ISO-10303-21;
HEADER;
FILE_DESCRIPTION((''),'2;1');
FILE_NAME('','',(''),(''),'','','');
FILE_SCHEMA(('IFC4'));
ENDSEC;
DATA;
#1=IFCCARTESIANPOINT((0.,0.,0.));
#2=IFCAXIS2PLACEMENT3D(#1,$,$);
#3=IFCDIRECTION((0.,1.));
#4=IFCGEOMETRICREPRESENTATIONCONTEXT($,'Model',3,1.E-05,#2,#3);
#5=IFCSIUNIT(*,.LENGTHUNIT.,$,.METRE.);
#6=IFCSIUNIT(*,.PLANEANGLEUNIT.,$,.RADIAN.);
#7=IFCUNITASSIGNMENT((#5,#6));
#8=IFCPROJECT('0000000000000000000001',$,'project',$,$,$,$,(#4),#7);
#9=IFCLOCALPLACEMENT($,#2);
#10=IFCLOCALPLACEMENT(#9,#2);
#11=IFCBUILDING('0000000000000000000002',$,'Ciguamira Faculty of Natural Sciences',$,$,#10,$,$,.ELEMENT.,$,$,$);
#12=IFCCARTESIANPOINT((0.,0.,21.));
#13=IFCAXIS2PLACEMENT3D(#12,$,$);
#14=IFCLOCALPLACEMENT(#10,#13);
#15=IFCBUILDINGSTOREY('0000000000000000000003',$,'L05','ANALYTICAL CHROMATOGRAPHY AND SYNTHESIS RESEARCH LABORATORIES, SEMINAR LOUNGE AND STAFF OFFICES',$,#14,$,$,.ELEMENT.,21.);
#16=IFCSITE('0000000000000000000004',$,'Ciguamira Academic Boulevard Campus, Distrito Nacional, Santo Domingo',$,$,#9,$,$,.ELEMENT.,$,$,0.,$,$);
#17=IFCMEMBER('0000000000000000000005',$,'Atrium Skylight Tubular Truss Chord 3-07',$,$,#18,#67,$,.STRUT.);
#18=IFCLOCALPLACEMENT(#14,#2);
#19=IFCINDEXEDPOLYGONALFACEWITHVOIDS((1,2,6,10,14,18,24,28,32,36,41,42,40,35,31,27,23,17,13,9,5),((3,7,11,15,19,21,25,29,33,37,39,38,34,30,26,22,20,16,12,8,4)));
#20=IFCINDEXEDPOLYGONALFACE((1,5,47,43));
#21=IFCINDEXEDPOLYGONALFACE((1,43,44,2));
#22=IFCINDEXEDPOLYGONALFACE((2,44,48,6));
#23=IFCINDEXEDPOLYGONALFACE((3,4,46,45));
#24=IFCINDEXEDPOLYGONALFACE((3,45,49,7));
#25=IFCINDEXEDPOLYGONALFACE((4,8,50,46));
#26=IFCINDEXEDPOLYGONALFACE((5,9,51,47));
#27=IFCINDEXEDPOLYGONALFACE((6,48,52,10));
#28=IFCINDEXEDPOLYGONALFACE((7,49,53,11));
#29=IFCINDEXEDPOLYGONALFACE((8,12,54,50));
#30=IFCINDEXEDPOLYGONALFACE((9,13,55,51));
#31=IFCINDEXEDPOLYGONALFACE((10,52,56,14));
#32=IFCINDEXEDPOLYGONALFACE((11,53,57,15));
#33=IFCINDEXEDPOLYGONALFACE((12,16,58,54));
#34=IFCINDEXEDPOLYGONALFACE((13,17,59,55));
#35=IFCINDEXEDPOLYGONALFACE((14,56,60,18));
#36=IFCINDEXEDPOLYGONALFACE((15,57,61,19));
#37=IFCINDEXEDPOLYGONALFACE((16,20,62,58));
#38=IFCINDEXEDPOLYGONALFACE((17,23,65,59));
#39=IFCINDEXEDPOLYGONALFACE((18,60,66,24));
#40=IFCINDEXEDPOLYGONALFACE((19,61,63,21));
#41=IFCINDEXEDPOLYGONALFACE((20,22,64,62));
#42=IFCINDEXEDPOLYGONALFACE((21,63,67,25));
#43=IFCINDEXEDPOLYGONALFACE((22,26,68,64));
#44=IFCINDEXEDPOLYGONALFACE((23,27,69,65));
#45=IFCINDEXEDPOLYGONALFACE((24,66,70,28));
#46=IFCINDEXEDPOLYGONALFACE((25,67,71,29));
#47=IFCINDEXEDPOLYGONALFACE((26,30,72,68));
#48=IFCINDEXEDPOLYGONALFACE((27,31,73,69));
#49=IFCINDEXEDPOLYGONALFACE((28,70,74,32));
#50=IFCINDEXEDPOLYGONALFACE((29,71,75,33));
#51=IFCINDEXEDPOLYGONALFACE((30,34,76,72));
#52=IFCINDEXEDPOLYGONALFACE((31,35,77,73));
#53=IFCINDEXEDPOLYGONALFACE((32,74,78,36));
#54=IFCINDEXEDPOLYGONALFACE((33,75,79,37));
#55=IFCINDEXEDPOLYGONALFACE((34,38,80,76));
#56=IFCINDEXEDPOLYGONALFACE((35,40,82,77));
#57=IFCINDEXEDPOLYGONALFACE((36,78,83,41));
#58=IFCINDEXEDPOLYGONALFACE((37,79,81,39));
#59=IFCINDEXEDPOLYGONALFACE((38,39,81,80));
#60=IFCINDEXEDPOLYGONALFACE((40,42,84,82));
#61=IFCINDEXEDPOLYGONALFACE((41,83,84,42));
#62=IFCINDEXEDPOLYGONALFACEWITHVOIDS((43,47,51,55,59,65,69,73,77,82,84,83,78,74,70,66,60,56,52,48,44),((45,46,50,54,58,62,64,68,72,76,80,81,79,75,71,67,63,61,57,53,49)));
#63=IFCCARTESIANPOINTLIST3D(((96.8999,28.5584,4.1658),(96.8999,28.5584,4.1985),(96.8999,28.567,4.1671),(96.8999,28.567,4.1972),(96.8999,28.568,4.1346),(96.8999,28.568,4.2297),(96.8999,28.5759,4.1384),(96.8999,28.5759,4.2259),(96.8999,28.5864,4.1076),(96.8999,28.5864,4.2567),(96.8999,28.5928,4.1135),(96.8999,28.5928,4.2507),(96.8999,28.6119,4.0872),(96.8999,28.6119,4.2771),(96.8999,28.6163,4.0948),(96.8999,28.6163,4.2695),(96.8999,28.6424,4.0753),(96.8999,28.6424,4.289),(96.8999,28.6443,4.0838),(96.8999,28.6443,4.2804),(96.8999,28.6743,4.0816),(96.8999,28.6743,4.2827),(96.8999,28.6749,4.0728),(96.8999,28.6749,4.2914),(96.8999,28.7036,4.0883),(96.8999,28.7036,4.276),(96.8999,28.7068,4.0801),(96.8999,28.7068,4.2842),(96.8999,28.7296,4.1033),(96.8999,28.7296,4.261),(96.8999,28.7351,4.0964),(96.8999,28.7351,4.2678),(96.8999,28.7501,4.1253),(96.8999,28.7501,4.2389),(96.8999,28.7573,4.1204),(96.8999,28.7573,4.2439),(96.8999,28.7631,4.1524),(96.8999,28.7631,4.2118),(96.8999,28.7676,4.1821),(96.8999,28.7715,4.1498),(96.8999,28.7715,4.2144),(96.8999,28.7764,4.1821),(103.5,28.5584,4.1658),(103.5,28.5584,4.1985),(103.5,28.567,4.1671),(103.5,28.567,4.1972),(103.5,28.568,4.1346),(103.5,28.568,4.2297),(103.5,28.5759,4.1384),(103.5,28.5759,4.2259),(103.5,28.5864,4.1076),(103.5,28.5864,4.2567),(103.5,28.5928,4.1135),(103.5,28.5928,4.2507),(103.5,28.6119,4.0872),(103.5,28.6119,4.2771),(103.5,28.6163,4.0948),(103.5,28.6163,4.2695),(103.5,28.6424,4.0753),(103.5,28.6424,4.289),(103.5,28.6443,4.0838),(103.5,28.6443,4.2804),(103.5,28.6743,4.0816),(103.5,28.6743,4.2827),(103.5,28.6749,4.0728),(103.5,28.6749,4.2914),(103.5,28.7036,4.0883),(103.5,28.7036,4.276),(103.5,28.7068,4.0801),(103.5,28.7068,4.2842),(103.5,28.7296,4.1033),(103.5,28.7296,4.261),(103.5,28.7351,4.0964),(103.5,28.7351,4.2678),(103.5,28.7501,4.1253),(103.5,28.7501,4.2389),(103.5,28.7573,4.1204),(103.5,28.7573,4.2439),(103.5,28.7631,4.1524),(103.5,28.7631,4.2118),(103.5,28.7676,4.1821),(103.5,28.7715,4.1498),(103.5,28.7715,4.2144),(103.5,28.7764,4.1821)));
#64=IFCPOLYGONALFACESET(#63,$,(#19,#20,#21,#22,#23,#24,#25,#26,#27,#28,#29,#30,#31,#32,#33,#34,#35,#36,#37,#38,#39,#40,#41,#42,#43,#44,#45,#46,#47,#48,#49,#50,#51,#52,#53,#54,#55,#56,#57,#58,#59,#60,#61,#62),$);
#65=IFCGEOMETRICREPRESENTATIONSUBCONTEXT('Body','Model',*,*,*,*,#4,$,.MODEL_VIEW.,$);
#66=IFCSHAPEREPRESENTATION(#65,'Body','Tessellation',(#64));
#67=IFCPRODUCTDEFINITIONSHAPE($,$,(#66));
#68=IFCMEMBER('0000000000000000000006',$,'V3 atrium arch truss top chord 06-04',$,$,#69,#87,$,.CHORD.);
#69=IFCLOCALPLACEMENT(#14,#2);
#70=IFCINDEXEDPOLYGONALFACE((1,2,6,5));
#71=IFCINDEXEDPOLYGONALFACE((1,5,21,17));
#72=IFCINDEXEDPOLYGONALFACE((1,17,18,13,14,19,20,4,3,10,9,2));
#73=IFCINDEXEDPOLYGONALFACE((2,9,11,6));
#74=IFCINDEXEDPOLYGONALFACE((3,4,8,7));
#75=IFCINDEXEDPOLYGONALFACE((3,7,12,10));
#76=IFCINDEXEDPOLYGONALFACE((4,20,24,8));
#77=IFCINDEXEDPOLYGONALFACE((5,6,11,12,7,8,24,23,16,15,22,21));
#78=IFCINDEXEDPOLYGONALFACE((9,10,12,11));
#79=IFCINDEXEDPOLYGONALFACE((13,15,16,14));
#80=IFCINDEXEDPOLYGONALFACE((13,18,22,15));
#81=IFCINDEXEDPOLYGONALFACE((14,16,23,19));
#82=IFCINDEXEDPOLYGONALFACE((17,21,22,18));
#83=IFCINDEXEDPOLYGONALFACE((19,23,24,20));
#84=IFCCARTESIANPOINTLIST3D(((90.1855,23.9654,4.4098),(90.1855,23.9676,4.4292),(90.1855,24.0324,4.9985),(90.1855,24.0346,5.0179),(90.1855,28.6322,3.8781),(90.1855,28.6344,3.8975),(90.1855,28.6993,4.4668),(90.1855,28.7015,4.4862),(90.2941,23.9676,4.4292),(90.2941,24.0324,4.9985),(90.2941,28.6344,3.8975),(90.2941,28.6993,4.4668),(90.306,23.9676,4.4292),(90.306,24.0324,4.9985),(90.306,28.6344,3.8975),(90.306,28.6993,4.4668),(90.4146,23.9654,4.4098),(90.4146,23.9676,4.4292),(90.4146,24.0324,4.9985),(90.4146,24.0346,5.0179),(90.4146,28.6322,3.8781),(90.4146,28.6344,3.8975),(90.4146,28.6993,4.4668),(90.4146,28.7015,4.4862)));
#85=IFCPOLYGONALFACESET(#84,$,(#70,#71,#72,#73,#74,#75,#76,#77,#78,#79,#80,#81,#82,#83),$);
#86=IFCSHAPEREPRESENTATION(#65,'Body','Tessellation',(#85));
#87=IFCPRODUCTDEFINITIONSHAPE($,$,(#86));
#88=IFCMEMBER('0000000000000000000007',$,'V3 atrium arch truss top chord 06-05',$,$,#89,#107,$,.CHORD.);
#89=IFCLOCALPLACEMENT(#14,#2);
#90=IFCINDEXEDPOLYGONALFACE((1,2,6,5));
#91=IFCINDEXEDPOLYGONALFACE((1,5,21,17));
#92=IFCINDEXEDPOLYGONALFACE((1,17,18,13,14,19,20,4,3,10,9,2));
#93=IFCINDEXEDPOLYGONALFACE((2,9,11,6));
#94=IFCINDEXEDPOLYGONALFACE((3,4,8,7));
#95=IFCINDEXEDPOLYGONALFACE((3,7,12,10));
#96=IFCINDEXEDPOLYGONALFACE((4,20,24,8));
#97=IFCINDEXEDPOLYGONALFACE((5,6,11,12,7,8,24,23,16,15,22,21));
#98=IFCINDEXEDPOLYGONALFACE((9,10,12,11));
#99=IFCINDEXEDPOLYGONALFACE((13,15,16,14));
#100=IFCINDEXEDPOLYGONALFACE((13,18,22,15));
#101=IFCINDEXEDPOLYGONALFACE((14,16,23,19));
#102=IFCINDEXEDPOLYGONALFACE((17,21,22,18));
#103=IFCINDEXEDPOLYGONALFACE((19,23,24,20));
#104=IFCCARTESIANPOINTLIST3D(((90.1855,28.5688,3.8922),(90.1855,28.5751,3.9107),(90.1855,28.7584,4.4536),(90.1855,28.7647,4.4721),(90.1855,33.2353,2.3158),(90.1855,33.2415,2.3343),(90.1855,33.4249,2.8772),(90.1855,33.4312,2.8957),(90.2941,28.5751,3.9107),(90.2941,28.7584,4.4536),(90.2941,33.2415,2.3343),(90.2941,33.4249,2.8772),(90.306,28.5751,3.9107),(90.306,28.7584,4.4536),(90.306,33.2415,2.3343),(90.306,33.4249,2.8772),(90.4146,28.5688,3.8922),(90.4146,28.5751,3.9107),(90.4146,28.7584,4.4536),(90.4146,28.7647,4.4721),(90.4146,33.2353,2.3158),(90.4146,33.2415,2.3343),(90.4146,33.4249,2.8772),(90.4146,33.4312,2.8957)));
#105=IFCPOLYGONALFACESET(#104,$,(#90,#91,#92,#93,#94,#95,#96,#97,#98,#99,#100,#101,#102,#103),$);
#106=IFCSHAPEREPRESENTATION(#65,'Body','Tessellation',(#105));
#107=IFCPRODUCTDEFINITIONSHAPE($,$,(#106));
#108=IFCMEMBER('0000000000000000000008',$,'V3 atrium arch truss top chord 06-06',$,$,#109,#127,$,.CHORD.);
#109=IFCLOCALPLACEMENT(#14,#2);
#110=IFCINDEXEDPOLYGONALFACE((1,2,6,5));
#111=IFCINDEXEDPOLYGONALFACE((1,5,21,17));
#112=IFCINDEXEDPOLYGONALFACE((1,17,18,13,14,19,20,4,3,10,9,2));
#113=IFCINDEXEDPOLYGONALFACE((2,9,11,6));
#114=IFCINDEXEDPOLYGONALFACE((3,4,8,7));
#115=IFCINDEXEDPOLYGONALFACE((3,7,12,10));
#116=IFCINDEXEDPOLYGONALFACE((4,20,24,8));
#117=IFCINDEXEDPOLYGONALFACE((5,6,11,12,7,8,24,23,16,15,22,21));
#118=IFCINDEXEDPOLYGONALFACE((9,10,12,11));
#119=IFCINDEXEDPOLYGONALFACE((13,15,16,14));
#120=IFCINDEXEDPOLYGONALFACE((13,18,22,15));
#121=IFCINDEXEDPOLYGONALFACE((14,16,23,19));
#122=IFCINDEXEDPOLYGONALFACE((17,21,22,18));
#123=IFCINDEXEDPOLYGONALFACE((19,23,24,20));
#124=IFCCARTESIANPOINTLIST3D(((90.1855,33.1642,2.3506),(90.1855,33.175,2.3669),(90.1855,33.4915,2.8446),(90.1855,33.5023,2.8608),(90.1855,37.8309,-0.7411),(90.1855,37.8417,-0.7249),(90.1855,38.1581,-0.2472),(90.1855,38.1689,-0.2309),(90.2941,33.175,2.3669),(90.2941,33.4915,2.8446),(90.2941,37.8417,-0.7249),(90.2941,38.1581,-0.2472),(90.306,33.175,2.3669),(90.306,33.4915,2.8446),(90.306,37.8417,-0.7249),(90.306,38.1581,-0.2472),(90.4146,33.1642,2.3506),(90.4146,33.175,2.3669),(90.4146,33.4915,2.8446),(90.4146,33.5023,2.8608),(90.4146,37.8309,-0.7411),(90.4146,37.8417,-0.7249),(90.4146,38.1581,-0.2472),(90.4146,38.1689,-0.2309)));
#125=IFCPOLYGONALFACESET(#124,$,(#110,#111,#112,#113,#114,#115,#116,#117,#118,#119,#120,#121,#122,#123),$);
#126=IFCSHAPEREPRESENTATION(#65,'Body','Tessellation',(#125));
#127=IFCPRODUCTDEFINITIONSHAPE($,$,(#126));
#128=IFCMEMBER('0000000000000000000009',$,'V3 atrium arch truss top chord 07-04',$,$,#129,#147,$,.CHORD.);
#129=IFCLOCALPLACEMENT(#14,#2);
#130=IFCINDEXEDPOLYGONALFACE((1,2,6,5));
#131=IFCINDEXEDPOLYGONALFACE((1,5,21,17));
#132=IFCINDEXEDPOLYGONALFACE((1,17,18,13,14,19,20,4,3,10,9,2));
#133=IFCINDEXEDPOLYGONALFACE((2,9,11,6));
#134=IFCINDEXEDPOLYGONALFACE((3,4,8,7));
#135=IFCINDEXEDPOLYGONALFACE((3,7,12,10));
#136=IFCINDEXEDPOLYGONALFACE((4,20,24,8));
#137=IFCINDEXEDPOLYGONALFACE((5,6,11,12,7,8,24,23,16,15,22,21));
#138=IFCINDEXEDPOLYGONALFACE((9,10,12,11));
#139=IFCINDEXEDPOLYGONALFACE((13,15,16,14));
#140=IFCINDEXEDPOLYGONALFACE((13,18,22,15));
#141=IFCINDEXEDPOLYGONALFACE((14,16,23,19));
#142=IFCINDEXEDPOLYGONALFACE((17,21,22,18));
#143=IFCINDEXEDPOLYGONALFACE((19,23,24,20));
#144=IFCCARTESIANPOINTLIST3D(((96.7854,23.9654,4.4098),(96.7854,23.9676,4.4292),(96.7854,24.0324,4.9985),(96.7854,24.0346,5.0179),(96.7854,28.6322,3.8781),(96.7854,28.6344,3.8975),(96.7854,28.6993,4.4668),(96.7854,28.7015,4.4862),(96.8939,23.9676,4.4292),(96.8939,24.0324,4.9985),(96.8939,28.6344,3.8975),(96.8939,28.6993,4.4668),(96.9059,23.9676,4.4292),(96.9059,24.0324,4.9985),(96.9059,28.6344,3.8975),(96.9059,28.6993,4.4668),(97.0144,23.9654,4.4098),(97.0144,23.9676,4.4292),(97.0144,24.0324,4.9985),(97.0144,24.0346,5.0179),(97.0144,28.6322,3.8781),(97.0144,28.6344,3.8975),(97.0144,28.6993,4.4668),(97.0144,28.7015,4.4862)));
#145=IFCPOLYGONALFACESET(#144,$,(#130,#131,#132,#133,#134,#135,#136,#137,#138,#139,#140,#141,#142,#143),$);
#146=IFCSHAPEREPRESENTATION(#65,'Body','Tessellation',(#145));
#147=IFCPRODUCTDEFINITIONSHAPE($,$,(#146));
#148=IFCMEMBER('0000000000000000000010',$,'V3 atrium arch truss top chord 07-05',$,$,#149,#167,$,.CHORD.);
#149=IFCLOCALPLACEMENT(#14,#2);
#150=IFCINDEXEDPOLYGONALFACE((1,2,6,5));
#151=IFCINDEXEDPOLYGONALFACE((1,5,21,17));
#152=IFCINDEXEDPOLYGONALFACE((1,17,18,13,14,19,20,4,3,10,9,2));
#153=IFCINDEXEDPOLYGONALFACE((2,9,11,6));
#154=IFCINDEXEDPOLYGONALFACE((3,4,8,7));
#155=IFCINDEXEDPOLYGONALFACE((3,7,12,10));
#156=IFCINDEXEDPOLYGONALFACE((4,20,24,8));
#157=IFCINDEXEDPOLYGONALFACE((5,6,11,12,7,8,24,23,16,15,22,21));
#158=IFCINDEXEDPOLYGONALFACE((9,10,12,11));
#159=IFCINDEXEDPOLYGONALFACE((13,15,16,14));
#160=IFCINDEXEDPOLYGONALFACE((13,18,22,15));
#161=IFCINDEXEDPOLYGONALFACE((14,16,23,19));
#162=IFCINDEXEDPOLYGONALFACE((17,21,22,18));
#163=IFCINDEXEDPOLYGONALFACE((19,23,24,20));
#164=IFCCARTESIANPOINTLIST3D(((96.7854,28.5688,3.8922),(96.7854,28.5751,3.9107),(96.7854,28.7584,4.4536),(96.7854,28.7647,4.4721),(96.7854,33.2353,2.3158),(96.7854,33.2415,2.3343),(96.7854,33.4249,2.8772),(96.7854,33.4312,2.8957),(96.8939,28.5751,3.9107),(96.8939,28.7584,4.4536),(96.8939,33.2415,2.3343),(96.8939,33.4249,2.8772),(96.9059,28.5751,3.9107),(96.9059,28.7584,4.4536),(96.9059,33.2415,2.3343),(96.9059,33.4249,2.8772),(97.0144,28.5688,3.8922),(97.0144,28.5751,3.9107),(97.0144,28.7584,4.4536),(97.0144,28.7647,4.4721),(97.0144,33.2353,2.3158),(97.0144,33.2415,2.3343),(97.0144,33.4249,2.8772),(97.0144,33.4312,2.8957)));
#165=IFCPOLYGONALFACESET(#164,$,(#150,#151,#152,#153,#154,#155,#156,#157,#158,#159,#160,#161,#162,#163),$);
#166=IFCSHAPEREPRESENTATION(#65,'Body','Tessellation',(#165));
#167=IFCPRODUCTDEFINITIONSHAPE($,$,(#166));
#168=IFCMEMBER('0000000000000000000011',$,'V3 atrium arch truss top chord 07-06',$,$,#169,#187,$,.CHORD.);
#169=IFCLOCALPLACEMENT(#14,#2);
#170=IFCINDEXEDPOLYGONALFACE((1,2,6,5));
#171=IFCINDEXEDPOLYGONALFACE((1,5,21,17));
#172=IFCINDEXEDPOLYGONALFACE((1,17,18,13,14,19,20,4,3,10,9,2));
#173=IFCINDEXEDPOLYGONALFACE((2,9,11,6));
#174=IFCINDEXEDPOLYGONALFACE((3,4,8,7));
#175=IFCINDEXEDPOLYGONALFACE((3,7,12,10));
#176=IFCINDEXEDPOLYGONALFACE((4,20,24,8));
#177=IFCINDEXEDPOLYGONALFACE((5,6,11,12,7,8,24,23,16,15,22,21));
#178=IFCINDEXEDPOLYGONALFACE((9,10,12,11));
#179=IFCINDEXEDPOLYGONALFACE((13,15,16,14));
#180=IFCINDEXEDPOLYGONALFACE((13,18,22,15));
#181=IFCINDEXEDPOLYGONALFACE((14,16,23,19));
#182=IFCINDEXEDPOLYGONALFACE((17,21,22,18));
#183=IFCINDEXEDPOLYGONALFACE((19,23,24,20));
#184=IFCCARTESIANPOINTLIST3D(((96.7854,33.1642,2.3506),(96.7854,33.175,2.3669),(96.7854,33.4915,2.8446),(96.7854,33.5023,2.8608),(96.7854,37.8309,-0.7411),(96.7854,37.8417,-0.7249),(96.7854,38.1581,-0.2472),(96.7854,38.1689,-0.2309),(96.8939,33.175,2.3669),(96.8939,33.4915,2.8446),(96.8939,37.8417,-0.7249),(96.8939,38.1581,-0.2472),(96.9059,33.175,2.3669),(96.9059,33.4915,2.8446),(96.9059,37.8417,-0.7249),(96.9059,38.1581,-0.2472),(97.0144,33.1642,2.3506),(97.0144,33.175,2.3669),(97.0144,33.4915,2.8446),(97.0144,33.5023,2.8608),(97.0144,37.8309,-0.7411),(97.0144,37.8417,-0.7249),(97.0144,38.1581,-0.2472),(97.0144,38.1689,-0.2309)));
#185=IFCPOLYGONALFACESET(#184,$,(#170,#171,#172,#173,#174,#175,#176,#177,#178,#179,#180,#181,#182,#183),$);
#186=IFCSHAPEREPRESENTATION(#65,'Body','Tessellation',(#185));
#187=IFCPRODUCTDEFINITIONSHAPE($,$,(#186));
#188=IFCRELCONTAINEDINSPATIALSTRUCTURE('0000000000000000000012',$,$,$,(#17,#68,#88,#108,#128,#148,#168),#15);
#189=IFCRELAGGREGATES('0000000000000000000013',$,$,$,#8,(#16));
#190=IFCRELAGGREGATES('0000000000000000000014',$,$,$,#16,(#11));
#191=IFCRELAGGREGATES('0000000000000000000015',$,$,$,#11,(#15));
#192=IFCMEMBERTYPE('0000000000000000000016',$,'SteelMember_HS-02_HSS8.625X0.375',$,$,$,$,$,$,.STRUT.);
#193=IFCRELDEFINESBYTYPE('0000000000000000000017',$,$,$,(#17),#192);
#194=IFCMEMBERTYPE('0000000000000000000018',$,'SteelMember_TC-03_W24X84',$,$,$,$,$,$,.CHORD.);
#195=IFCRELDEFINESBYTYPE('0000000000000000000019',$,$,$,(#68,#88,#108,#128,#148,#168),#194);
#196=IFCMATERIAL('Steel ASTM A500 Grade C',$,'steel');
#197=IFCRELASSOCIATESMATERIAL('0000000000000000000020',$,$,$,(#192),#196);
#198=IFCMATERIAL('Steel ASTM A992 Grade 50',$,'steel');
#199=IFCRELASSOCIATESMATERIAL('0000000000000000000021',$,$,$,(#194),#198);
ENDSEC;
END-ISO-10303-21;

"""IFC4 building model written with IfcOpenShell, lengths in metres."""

from ifc_helpers import new_model, si_unit, direction, frame, origin, origin_2d, place, context, subcontext, project, spatial, hollow_circle, i_section, extrude, material, material_profile, profile_set, type_object, element, save


model = new_model("IFC4")

# Units and contexts
model_context = context("Model", 3, precision=1e-05, world=origin(), true_north=direction((0.0, 1.0)))
body_context = subcontext(model_context, "Body", "Model", "MODEL_VIEW")
ifc_project = project(units=[si_unit("LENGTHUNIT", "METRE"), si_unit("PLANEANGLEUNIT", "RADIAN")], contexts=[model_context])

# Site, building, storey
site_placement = place(None, origin())
site = spatial("IfcSite", under=ifc_project, at=site_placement, Name="Ciguamira Academic Boulevard Campus, Distrito Nacional, Santo Domingo", CompositionType="ELEMENT", RefElevation=0.0)
building_placement = place(site_placement, origin())
building = spatial("IfcBuilding", under=site, at=building_placement, Name="Ciguamira Faculty of Natural Sciences", CompositionType="ELEMENT")
storey_placement = place(building_placement, frame((0.0, 0.0, 21.0)))
storey = spatial("IfcBuildingStorey", under=building, at=storey_placement, Name="L05", Description="ANALYTICAL CHROMATOGRAPHY AND SYNTHESIS RESEARCH LABORATORIES, SEMINAR LOUNGE AND STAFF OFFICES", CompositionType="ELEMENT", Elevation=21.0)

# Members
ifc_material_1 = material(Name="Steel ASTM A500 Grade C", Category="steel")
ifc_material_profile_1 = material_profile(ifc_material_1, hollow_circle(Radius=0.1096, WallThickness=0.0088, at=origin_2d()), Name="HSS8.625X0.375")
ifc_profile_set_1 = profile_set([ifc_material_profile_1], Name="Steel ASTM A500 Grade C")
member_type_1 = type_object("IfcMemberType", Name="SteelMember_HS-02_HSS8.625X0.375", PredefinedType="STRUT", material=ifc_profile_set_1)
member_1_placement = place(storey_placement, frame((96.8999, 28.6667, 4.1821), z_axis=(1.0, 0.0, 0.0), x_axis=(0.0, 1.0, 0.0)))
element("IfcMember", 1, at=member_1_placement, inside=storey, type_object=member_type_1, Name="Atrium Skylight Tubular Truss Chord 3-07", PredefinedType="STRUT", context=body_context, shape_type="SweptSolid", body=[
    extrude(hollow_circle(Radius=0.1096, WallThickness=0.0088, at=origin_2d()), origin(), (0.0, 0.0, 1.0), 6.6001),
])
ifc_material_2 = material(Name="Steel ASTM A992 Grade 50", Category="steel")
ifc_material_profile_2 = material_profile(ifc_material_2, i_section(OverallWidth=0.229, OverallDepth=0.6121, WebThickness=0.012, FlangeThickness=0.0195, at=origin_2d()), Name="W24X84")
ifc_profile_set_2 = profile_set([ifc_material_profile_2], Name="Steel ASTM A992 Grade 50")
member_type_2 = type_object("IfcMemberType", Name="SteelMember_TC-03_W24X84", PredefinedType="CHORD", material=ifc_profile_set_2)
member_2_placement = place(storey_placement, frame((90.3, 24.0, 4.7139), z_axis=(0.0, 0.993571, -0.113209), x_axis=(-1.0, 0.0, 0.0)))
element("IfcMember", 2, at=member_2_placement, inside=storey, type_object=member_type_2, Name="V3 atrium arch truss top chord 06-04", PredefinedType="CHORD", context=body_context, shape_type="SweptSolid", body=[
    extrude(i_section(OverallWidth=0.229, OverallDepth=0.6121, WebThickness=0.012, FlangeThickness=0.0195, at=origin_2d()), origin(), (0.0, 0.0, 1.0), 4.697),
])
member_3_placement = place(storey_placement, frame((90.3, 28.6667, 4.1821), z_axis=(0.0, 0.947402, -0.320047), x_axis=(-1.0, 0.0, 0.0)))
element("IfcMember", 3, at=member_3_placement, inside=storey, type_object=member_type_2, Name="V3 atrium arch truss top chord 06-05", PredefinedType="CHORD", context=body_context, shape_type="SweptSolid", body=[
    extrude(i_section(OverallWidth=0.229, OverallDepth=0.6121, WebThickness=0.012, FlangeThickness=0.0195, at=origin_2d()), origin(), (0.0, 0.0, 1.0), 4.9255),
])
member_4_placement = place(storey_placement, frame((90.3, 33.3333, 2.6057), z_axis=(0.0, 0.833644, -0.552303), x_axis=(-1.0, 0.0, 0.0)))
element("IfcMember", 4, at=member_4_placement, inside=storey, type_object=member_type_2, Name="V3 atrium arch truss top chord 06-06", PredefinedType="CHORD", context=body_context, shape_type="SweptSolid", body=[
    extrude(i_section(OverallWidth=0.229, OverallDepth=0.6121, WebThickness=0.012, FlangeThickness=0.0195, at=origin_2d()), origin(), (0.0, 0.0, 1.0), 5.5979),
])
member_5_placement = place(storey_placement, frame((96.8999, 24.0, 4.7139), z_axis=(0.0, 0.993571, -0.113209), x_axis=(-1.0, 0.0, 0.0)))
element("IfcMember", 5, at=member_5_placement, inside=storey, type_object=member_type_2, Name="V3 atrium arch truss top chord 07-04", PredefinedType="CHORD", context=body_context, shape_type="SweptSolid", body=[
    extrude(i_section(OverallWidth=0.229, OverallDepth=0.6121, WebThickness=0.012, FlangeThickness=0.0195, at=origin_2d()), origin(), (0.0, 0.0, 1.0), 4.697),
])
member_6_placement = place(storey_placement, frame((96.8999, 28.6667, 4.1821), z_axis=(0.0, 0.947402, -0.320047), x_axis=(-1.0, 0.0, 0.0)))
element("IfcMember", 6, at=member_6_placement, inside=storey, type_object=member_type_2, Name="V3 atrium arch truss top chord 07-05", PredefinedType="CHORD", context=body_context, shape_type="SweptSolid", body=[
    extrude(i_section(OverallWidth=0.229, OverallDepth=0.6121, WebThickness=0.012, FlangeThickness=0.0195, at=origin_2d()), origin(), (0.0, 0.0, 1.0), 4.9255),
])
member_7_placement = place(storey_placement, frame((96.8999, 33.3333, 2.6057), z_axis=(0.0, 0.833644, -0.552303), x_axis=(-1.0, 0.0, 0.0)))
element("IfcMember", 7, at=member_7_placement, inside=storey, type_object=member_type_2, Name="V3 atrium arch truss top chord 07-06", PredefinedType="CHORD", context=body_context, shape_type="SweptSolid", body=[
    extrude(i_section(OverallWidth=0.229, OverallDepth=0.6121, WebThickness=0.012, FlangeThickness=0.0195, at=origin_2d()), origin(), (0.0, 0.0, 1.0), 5.5979),
])

save(model, "model.ifc")
